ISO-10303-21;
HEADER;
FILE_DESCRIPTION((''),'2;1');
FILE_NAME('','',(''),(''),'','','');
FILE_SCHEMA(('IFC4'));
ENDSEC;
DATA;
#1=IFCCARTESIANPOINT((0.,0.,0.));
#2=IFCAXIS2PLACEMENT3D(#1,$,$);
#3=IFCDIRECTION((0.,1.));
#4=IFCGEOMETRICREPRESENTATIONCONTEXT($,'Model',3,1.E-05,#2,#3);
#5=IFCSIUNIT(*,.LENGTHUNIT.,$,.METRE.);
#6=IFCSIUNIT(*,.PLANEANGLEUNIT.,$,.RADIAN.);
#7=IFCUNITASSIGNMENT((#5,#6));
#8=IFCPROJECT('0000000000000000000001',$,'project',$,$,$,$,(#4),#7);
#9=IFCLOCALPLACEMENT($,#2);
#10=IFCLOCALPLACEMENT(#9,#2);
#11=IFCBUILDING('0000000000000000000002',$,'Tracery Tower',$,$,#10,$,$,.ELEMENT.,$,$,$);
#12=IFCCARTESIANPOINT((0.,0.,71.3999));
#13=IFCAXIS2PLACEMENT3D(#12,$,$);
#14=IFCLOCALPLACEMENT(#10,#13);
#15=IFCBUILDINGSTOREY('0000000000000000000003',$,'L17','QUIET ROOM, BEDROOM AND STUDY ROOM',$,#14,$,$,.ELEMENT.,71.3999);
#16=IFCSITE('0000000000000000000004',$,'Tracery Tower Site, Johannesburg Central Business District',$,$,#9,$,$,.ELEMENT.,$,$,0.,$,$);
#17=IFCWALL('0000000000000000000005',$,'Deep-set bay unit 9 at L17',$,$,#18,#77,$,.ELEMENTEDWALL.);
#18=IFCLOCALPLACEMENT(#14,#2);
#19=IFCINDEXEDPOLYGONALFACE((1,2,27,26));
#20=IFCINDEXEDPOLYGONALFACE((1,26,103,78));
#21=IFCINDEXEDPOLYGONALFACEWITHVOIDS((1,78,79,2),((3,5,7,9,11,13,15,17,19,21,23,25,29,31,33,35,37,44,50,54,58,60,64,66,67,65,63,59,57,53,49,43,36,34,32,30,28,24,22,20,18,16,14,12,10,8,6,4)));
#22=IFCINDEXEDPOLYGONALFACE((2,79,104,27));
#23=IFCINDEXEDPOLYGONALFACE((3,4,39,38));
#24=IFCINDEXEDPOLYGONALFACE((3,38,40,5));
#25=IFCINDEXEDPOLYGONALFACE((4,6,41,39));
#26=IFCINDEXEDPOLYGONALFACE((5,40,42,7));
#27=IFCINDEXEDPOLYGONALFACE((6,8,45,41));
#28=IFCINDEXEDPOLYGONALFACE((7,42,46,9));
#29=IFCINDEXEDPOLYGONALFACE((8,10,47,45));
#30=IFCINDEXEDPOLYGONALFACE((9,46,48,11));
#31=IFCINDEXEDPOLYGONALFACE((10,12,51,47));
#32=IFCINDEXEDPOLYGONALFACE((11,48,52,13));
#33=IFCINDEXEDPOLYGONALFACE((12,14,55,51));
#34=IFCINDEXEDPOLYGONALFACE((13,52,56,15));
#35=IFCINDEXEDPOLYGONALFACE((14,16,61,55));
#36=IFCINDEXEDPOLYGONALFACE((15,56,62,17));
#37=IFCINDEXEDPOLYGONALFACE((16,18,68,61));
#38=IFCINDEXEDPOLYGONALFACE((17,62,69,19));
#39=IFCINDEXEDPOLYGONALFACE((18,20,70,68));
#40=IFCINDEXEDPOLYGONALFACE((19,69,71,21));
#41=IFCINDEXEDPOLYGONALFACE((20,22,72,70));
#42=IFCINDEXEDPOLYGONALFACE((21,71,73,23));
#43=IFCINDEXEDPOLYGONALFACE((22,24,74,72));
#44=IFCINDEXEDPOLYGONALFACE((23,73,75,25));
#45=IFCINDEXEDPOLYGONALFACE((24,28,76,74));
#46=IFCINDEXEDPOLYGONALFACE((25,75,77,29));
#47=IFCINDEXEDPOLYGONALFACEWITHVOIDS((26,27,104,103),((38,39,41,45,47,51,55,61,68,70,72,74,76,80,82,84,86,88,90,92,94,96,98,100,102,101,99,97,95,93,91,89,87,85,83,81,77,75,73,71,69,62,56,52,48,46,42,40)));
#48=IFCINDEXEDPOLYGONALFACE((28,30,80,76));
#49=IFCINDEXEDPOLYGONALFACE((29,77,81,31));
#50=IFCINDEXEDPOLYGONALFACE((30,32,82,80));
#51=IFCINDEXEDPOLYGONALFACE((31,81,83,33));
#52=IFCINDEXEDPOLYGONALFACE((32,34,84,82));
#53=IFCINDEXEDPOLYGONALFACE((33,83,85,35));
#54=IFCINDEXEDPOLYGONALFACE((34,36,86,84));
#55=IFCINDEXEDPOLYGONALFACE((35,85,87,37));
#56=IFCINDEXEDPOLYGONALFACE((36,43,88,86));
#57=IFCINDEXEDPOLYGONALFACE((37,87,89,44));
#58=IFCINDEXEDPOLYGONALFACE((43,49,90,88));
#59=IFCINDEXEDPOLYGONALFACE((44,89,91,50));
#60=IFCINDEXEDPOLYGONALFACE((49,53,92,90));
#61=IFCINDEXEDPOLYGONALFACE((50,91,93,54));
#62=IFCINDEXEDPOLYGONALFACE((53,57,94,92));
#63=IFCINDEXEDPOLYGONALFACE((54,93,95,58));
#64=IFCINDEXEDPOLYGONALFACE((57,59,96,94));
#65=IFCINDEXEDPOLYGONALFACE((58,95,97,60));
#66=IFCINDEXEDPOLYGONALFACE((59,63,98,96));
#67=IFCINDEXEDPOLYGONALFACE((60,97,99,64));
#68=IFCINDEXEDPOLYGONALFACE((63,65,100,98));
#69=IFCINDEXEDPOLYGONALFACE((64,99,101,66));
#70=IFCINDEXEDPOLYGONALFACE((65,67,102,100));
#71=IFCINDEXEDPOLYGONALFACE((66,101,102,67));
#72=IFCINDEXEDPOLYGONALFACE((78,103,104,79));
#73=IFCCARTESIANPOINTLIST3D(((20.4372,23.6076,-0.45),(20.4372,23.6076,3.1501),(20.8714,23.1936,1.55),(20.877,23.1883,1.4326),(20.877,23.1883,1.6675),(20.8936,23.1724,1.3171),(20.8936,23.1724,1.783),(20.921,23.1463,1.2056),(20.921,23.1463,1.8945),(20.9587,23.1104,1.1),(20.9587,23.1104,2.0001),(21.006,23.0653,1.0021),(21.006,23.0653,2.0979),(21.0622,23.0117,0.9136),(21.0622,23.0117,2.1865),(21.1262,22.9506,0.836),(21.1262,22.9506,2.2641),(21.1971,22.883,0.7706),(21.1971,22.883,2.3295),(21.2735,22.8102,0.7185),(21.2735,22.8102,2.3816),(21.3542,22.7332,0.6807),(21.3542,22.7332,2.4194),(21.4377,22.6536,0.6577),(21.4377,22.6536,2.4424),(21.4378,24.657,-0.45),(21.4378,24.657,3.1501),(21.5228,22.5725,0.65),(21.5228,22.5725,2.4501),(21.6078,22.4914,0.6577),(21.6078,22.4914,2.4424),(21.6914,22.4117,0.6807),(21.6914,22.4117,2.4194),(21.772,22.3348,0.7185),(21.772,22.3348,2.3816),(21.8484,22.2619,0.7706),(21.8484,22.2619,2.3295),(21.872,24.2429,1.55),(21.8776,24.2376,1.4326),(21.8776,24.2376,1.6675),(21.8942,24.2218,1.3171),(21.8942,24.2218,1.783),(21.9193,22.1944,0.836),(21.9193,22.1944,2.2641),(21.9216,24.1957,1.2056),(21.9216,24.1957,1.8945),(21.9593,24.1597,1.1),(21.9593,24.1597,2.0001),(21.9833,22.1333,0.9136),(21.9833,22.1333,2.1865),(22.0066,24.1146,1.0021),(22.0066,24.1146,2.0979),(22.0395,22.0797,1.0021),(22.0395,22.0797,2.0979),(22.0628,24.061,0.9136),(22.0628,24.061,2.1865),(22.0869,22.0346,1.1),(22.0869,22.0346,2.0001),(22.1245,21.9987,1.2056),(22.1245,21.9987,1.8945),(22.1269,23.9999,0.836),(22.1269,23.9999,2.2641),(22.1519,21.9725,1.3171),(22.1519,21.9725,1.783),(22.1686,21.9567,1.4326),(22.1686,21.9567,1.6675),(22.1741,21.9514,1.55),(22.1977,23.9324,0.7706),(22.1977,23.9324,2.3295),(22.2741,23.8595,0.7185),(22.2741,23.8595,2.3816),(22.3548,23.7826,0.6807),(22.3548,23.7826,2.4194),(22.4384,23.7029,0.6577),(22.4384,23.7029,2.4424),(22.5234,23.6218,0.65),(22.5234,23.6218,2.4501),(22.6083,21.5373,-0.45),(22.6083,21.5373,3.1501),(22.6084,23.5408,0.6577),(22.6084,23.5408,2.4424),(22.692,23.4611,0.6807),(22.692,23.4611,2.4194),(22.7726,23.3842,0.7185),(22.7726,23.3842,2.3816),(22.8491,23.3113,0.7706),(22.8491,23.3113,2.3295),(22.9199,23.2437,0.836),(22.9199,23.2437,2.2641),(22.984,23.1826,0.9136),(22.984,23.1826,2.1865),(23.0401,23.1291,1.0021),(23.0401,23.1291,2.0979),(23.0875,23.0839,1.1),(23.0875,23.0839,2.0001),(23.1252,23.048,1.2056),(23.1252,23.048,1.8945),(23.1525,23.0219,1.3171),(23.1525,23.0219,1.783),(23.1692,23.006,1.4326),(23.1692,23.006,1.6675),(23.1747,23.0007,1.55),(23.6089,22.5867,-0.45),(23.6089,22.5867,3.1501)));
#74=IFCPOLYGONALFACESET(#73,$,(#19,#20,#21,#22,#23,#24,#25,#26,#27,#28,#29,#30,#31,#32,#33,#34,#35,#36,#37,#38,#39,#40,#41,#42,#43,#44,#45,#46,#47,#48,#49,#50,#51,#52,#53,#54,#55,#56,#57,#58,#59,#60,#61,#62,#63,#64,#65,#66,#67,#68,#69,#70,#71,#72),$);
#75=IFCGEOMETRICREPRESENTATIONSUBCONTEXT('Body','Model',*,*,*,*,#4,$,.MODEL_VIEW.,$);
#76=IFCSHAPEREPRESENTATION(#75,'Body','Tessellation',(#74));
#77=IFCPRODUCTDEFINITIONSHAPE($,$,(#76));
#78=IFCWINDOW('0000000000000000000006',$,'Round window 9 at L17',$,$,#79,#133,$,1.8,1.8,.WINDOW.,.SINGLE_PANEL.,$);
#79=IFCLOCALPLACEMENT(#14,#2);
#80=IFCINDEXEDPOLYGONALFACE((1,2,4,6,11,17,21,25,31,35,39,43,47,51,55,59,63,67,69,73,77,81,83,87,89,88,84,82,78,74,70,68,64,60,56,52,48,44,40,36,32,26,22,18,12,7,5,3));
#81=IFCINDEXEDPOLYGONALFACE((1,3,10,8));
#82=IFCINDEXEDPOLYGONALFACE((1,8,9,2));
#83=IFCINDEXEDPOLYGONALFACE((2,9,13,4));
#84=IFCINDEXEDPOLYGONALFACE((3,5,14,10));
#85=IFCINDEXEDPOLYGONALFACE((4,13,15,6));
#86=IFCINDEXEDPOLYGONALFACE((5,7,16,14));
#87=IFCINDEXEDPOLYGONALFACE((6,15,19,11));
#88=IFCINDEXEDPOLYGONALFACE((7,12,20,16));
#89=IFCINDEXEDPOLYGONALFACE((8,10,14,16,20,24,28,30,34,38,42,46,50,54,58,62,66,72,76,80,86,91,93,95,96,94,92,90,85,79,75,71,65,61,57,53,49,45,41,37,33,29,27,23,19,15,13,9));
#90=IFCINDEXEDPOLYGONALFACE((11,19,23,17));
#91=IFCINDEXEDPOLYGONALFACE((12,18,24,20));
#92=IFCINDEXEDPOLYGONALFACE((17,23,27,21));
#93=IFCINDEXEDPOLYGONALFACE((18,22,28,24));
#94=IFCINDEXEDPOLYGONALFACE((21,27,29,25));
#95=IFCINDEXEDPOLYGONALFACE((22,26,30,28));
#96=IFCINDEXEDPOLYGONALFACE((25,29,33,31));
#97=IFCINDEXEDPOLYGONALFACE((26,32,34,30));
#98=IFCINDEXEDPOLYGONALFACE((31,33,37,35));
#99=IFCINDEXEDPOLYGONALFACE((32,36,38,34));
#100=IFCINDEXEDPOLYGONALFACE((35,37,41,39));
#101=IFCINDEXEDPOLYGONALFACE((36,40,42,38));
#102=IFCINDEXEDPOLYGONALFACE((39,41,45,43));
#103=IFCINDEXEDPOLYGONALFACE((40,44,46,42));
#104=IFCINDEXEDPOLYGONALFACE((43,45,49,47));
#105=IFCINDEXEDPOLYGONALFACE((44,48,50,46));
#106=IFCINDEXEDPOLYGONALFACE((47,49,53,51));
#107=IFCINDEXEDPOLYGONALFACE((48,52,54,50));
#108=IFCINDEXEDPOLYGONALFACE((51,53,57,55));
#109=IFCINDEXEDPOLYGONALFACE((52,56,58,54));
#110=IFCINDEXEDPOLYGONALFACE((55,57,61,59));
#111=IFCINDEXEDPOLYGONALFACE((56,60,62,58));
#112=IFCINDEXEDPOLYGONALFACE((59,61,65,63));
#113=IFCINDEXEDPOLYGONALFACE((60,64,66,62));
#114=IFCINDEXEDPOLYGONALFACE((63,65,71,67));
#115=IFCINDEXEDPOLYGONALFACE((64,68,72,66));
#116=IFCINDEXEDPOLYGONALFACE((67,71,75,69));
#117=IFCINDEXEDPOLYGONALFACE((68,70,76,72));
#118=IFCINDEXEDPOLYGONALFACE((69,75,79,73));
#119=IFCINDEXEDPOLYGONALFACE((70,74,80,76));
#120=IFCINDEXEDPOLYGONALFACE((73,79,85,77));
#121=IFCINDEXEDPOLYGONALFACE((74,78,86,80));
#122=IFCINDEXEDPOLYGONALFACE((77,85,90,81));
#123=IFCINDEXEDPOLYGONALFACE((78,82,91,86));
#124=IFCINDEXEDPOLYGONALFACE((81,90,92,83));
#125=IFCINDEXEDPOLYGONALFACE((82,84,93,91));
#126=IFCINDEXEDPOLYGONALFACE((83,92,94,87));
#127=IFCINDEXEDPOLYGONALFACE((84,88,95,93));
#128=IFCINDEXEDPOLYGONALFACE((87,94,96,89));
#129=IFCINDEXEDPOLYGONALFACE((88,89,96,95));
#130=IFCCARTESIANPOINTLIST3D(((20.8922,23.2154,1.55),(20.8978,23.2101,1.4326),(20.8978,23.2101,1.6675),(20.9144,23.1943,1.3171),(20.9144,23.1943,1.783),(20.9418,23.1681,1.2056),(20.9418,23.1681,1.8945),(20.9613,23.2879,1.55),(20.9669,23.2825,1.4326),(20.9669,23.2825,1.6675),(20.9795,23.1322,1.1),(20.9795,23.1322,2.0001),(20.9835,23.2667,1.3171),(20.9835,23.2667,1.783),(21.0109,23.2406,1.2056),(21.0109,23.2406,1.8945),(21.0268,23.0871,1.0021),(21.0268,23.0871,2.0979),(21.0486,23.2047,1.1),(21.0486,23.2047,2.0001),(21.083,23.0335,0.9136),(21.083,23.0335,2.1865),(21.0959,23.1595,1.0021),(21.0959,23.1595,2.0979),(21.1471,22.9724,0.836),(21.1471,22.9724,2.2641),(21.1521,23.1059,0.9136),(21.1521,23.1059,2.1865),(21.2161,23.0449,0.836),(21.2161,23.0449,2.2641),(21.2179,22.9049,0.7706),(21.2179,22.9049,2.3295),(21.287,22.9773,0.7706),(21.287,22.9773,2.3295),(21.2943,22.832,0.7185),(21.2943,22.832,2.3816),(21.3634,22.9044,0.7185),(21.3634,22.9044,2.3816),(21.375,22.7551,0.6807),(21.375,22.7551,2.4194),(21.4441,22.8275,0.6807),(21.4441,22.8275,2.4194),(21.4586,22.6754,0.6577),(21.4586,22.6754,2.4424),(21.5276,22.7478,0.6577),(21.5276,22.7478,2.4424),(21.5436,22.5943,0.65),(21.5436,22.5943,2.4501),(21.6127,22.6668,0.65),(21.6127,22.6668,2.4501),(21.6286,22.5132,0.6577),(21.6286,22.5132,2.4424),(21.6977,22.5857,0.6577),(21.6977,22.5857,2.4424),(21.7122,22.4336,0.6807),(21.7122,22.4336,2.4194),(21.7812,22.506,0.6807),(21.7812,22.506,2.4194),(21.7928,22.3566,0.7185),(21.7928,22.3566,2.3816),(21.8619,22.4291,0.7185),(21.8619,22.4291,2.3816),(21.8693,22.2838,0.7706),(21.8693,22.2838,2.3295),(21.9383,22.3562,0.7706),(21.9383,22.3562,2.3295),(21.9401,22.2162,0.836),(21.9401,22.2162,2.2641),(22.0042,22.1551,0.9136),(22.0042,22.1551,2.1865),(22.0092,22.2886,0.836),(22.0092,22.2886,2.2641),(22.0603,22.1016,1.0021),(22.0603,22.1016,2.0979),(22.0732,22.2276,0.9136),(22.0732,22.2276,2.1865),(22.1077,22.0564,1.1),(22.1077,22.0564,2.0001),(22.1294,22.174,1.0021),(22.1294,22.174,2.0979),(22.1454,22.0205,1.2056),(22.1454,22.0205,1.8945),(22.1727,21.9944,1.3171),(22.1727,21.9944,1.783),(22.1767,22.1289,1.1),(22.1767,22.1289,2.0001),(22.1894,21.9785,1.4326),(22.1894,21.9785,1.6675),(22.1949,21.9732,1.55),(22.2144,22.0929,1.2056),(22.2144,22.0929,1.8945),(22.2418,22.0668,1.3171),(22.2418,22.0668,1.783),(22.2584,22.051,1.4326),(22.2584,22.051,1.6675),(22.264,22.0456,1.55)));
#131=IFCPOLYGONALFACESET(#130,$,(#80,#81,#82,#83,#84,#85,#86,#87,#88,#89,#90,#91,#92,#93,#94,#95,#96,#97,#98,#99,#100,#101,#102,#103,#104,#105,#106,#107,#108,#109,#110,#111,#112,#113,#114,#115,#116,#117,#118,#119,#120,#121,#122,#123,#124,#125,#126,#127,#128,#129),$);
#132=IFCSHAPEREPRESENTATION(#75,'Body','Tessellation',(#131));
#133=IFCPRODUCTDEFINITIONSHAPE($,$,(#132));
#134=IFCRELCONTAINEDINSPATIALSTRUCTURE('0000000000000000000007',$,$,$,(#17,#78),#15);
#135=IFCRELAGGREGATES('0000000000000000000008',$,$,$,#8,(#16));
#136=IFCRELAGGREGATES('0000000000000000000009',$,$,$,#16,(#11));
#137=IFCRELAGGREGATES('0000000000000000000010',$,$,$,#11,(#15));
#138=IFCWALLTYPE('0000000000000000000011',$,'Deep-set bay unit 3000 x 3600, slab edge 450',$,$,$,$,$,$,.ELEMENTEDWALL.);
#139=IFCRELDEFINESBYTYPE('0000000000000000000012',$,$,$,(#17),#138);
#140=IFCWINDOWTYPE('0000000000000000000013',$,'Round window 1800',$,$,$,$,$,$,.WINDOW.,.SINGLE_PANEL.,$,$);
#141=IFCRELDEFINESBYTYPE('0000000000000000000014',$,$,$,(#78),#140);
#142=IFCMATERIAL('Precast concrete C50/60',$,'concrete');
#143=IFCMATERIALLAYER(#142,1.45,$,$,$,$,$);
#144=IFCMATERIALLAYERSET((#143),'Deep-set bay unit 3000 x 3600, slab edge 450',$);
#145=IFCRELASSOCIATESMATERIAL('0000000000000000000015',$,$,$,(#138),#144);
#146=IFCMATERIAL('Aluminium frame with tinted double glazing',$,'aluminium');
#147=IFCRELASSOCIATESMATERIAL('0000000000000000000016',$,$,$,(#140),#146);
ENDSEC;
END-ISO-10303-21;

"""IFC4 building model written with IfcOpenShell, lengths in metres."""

from ifc_helpers import new_model, si_unit, direction, frame, frame_2d, origin, origin_2d, place, context, subcontext, project, spatial, rectangle, circle, extrude, material, layer, layer_set, type_object, element, fill, save


model = new_model("IFC4")

# Units and contexts
model_context = context("Model", 3, precision=1e-05, world=origin(), true_north=direction((0.0, 1.0)))
body_context = subcontext(model_context, "Body", "Model", "MODEL_VIEW")
ifc_project = project(units=[si_unit("LENGTHUNIT", "METRE"), si_unit("PLANEANGLEUNIT", "RADIAN")], contexts=[model_context])

# Site, building, storey
site_placement = place(None, origin())
site = spatial("IfcSite", under=ifc_project, at=site_placement, Name="Tracery Tower Site, Johannesburg Central Business District", CompositionType="ELEMENT", RefElevation=0.0)
building_placement = place(site_placement, origin())
building = spatial("IfcBuilding", under=site, at=building_placement, Name="Tracery Tower", CompositionType="ELEMENT")
storey_placement = place(building_placement, frame((0.0, 0.0, 71.3999)))
storey = spatial("IfcBuildingStorey", under=building, at=storey_placement, Name="L17", Description="QUIET ROOM, BEDROOM AND STUDY ROOM", CompositionType="ELEMENT", Elevation=71.3999)

# Wall, opening, window
ifc_material_1 = material(Name="Precast concrete C50/60", Category="concrete")
ifc_layer_1 = layer(ifc_material_1, 1.45)
ifc_layer_set_1 = layer_set([ifc_layer_1], Name="Deep-set bay unit 3000 x 3600, slab edge 450")
wall_type_1 = type_object("IfcWallType", Name="Deep-set bay unit 3000 x 3600, slab edge 450", PredefinedType="ELEMENTEDWALL", material=ifc_layer_set_1)
wall_1_placement = place(storey_placement, frame((23.1086, 22.062, -0.45), z_axis=(0.0, 0.0, 1.0), x_axis=(-0.723712, 0.690102, 0.0)))
wall_1 = element("IfcWall", 1, at=wall_1_placement, inside=storey, type_object=wall_type_1, Name="Deep-set bay unit 9 at L17", PredefinedType="ELEMENTEDWALL", context=body_context, shape_type="SweptSolid", body=[
    extrude(rectangle(XDim=3.0, YDim=1.45, at=frame_2d((1.5, 0.0))), origin(), (0.0, 0.0, 1.0), 3.6001),
])
opening_1_placement = place(wall_1_placement, frame((1.5, 0.0, 2.0)))
opening_1 = element("IfcOpeningElement", 2, at=opening_1_placement, cuts=wall_1, PredefinedType="OPENING", context=body_context, shape_type="SweptSolid", body=[
    extrude(circle(Radius=0.9, at=origin_2d()), frame((0.0, 0.7349, 0.0), z_axis=(0.0, -1.0, 0.0), x_axis=(1.0, 0.0, 0.0)), (0.0, 0.0, 1.0), 1.47),
])
ifc_material_2 = material(Name="Aluminium frame with tinted double glazing", Category="aluminium")
window_type = type_object("IfcWindowType", Name="Round window 1800", PartitioningType="SINGLE_PANEL", PredefinedType="WINDOW", material=ifc_material_2)
window_1_placement = place(opening_1_placement, origin())
window_1 = element("IfcWindow", 3, at=window_1_placement, inside=storey, type_object=window_type, Name="Round window 9 at L17", OverallHeight=1.8, OverallWidth=1.8, PartitioningType="SINGLE_PANEL", PredefinedType="WINDOW", context=body_context, shape_type="SweptSolid", body=[
    extrude(circle(Radius=0.9, at=origin_2d()), frame((0.0, 0.6948, 0.0), z_axis=(0.0, -1.0, 0.0), x_axis=(1.0, 0.0, 0.0)), (0.0, 0.0, 1.0), 0.1001),
])
fill(opening_1, window_1)

save(model, "model.ifc")
